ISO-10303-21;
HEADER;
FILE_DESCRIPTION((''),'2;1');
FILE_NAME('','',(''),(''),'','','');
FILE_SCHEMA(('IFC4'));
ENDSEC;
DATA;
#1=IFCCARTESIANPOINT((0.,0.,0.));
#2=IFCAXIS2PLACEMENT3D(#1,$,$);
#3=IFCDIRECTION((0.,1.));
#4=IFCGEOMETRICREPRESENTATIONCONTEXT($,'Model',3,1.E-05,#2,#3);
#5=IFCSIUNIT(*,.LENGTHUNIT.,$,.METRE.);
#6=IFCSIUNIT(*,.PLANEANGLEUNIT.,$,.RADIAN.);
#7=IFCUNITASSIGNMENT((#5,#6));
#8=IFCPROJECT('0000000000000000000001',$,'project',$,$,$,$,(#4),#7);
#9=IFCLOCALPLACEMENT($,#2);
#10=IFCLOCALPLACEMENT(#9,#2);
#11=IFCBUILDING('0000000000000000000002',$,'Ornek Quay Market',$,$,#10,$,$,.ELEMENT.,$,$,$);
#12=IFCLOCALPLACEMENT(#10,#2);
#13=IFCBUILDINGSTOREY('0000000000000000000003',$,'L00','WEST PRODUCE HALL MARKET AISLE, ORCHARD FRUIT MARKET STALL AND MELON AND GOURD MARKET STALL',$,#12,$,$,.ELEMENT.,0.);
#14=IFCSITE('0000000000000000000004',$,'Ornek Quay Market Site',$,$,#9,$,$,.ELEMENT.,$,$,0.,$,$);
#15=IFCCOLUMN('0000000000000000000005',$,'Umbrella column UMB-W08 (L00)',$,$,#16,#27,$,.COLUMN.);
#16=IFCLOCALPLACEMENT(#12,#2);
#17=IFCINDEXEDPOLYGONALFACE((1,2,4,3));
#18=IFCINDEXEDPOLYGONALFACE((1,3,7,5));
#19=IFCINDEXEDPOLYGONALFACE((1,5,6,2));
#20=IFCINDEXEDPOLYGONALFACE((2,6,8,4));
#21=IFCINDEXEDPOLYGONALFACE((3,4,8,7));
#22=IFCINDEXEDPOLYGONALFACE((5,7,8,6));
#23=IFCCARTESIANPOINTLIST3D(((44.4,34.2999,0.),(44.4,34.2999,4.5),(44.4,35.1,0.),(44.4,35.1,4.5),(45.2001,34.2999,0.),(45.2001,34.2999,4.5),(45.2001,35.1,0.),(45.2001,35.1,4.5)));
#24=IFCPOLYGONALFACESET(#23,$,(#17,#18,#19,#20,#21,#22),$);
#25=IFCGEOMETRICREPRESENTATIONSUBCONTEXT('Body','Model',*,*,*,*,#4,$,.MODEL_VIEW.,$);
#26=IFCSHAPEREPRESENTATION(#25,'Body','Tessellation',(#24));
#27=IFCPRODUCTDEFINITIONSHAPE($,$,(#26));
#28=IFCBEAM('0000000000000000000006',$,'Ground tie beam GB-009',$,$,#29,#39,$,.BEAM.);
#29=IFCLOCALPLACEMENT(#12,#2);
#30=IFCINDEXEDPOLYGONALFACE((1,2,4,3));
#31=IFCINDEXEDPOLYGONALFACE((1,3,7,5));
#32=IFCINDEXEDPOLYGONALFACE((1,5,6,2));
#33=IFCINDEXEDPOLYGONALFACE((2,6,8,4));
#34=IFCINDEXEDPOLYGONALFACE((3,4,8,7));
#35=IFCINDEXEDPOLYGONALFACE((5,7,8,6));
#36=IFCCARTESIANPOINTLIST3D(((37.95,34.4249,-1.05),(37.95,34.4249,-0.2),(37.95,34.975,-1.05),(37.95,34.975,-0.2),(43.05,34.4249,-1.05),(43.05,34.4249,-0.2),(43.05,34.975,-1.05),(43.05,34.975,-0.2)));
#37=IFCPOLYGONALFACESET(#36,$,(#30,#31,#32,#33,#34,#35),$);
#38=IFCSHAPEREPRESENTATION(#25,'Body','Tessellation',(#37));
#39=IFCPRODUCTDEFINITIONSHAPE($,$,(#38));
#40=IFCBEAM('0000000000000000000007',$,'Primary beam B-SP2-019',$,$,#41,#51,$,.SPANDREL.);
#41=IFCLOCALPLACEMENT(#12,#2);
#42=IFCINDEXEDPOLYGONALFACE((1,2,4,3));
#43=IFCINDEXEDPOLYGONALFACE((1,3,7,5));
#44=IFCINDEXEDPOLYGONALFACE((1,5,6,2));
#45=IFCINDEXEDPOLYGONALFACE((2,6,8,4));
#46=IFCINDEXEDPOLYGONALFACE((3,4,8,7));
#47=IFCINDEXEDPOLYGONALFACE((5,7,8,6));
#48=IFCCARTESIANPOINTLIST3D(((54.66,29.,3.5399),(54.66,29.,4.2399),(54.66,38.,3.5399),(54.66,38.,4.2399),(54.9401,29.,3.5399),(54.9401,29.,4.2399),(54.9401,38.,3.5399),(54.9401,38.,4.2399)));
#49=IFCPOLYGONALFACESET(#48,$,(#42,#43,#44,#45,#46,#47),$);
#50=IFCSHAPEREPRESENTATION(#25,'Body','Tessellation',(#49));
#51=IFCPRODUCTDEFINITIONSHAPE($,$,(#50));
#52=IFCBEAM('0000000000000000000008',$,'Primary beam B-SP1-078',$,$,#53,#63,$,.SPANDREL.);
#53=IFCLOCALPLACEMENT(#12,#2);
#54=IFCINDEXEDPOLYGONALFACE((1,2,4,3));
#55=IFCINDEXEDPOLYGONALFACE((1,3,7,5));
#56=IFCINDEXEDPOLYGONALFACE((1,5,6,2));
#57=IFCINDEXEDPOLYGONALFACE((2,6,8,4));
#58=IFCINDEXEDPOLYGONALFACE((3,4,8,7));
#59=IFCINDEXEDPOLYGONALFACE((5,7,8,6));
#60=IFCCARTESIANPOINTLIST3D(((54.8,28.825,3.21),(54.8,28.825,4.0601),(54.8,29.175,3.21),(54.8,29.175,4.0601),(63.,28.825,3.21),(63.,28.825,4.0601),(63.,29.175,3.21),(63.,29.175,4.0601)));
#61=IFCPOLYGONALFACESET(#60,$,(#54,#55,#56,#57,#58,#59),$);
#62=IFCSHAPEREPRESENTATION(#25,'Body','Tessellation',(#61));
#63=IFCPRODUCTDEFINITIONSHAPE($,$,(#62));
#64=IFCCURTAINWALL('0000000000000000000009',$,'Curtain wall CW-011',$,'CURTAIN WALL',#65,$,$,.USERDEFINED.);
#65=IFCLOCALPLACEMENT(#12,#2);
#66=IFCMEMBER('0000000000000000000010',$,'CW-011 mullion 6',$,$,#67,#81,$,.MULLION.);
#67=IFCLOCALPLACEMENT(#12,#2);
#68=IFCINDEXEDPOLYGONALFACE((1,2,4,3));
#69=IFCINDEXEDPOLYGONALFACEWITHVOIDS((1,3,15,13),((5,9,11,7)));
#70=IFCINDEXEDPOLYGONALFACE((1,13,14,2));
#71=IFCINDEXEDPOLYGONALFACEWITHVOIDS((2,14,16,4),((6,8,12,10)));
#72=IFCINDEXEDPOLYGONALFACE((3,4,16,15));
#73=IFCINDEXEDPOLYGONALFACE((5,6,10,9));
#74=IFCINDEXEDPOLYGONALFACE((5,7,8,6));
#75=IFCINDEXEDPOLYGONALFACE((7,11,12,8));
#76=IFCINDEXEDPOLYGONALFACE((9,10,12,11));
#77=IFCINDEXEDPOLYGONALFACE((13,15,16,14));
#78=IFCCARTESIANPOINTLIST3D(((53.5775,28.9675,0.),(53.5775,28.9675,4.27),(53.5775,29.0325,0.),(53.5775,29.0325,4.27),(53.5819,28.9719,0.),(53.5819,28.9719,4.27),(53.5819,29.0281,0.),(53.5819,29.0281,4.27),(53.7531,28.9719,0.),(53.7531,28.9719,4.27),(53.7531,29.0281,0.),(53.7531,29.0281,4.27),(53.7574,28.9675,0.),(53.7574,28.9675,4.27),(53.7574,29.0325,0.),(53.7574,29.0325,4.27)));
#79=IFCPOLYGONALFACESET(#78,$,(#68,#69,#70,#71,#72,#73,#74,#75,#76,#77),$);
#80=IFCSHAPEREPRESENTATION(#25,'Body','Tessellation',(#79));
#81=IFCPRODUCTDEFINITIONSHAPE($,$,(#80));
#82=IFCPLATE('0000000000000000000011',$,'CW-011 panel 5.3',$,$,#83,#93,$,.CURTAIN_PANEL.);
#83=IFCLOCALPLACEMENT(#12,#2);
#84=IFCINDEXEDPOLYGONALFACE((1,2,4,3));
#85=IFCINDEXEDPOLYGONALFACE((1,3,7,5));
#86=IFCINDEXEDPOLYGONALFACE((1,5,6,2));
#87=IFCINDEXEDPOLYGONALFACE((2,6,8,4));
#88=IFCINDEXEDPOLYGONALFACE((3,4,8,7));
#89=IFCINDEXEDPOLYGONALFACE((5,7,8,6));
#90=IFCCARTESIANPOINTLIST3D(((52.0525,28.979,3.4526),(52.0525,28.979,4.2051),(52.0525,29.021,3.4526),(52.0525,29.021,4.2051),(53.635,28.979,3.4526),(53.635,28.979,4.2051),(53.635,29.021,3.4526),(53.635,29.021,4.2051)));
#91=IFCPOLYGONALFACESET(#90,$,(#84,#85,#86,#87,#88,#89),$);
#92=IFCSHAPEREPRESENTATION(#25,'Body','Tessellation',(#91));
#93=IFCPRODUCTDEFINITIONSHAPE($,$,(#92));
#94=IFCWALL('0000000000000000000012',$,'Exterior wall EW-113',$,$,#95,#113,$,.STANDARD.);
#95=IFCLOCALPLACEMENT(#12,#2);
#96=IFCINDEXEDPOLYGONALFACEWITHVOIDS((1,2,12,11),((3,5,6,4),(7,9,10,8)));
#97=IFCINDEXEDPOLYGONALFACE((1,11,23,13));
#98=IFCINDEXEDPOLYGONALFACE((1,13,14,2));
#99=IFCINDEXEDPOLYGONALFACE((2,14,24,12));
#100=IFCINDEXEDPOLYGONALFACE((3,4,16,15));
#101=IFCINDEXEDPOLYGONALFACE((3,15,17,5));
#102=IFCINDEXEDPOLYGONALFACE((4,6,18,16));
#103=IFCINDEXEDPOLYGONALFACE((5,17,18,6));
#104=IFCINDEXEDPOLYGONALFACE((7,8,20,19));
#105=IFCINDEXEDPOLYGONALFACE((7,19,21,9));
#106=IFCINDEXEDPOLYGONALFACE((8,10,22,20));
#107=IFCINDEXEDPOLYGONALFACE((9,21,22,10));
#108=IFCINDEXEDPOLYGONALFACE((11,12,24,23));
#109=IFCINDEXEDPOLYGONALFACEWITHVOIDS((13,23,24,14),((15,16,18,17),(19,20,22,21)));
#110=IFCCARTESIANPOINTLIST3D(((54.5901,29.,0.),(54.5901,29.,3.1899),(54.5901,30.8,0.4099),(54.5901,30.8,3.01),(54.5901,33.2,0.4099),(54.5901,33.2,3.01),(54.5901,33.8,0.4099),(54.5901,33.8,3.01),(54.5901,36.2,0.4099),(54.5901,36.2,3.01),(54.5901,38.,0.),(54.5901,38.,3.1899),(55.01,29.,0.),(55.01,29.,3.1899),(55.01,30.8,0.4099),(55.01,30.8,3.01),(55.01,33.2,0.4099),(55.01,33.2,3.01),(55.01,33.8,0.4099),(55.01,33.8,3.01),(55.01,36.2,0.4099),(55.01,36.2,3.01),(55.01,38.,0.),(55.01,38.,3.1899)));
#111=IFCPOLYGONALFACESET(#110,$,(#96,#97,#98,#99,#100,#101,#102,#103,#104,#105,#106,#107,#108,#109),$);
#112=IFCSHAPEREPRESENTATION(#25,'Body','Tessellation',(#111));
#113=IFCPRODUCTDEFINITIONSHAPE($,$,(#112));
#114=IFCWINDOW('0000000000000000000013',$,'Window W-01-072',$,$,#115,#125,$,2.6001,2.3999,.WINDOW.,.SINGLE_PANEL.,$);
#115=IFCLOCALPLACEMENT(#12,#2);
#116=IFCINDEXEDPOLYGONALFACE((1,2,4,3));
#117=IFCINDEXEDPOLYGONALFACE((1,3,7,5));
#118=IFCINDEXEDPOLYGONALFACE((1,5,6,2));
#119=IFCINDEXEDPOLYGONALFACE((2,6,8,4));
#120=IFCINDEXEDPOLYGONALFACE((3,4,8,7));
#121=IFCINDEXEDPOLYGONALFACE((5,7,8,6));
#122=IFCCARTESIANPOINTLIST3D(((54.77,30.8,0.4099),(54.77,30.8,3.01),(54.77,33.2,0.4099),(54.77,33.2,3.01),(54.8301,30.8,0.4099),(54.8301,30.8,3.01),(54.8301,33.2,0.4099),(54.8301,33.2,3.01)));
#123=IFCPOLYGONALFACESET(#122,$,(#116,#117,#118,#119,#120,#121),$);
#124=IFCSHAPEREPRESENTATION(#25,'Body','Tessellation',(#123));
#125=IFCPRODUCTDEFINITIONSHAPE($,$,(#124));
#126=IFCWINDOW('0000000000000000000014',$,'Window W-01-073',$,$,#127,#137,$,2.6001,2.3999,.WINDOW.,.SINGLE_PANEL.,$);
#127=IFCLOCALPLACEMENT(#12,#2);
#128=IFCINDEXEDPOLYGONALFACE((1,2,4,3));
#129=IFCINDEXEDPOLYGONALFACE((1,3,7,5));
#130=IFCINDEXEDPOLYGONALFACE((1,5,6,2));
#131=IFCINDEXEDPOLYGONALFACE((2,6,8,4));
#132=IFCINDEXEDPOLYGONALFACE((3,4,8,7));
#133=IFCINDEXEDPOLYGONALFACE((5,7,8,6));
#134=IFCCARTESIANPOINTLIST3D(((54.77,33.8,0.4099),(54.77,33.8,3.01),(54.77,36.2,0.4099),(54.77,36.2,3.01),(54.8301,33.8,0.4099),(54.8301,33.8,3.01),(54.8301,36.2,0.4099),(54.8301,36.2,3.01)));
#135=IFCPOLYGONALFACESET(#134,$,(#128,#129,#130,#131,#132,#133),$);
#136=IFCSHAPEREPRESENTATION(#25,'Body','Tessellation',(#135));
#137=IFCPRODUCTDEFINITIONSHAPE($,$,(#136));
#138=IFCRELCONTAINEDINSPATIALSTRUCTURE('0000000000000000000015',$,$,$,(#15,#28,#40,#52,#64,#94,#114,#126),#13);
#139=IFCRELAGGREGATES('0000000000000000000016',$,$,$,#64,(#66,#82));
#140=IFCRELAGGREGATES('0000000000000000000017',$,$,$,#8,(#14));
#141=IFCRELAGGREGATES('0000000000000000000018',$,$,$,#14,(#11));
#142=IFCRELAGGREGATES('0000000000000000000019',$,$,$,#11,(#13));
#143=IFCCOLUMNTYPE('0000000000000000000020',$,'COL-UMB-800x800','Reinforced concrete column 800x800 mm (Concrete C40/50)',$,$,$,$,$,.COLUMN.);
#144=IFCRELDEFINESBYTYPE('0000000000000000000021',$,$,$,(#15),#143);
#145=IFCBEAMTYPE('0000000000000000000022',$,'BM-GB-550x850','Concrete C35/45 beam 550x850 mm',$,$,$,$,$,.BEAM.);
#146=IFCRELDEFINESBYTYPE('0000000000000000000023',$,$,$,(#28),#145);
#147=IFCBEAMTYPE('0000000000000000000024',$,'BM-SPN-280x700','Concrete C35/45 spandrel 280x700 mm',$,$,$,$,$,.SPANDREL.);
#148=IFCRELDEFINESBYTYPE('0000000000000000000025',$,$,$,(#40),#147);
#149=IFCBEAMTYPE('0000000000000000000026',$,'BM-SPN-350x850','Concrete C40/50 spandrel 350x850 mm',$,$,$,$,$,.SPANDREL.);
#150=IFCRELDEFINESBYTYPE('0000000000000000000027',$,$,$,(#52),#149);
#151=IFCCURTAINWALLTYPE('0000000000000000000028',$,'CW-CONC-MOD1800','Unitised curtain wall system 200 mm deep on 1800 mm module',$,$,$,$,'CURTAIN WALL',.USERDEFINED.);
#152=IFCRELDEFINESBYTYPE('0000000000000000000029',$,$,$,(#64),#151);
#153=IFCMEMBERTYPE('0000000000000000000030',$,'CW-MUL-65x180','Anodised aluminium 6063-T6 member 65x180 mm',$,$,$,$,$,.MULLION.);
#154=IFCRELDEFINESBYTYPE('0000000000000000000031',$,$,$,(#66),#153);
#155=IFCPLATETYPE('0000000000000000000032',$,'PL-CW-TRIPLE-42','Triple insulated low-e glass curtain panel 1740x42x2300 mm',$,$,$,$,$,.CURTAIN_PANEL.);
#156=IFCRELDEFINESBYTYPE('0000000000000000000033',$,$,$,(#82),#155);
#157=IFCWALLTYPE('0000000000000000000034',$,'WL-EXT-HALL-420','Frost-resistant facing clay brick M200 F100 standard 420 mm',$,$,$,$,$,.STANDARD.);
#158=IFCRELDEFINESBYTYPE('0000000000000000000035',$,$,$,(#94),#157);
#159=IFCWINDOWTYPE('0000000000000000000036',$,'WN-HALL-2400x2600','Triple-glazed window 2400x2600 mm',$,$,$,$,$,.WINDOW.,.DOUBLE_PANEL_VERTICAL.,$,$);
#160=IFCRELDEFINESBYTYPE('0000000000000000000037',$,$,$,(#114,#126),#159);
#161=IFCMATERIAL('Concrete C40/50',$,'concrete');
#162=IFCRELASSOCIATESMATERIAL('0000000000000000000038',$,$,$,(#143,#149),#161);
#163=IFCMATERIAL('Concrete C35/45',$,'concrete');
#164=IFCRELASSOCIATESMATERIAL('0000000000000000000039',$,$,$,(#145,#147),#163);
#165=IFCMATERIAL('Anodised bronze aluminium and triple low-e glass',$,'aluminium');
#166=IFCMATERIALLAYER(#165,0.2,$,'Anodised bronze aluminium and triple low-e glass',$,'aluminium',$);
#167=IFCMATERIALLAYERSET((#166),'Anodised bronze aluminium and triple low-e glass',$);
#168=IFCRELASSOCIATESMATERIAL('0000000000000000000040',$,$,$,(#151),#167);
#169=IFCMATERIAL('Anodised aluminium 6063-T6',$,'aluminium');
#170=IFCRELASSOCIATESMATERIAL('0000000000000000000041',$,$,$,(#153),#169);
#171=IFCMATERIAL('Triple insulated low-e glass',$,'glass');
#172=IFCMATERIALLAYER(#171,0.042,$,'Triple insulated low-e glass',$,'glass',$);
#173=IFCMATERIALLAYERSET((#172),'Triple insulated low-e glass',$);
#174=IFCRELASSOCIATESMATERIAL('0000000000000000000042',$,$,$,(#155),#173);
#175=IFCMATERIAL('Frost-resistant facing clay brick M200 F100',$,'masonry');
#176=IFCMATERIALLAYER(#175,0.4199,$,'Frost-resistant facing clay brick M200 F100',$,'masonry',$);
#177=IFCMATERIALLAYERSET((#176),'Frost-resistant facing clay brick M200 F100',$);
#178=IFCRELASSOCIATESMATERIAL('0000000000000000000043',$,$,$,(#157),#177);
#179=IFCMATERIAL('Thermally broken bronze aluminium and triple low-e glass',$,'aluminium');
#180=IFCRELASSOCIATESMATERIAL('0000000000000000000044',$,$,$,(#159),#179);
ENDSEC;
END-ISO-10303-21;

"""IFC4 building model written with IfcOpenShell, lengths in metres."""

from ifc_helpers import new_model, si_unit, direction, frame, frame_2d, origin, origin_2d, place, context, subcontext, project, spatial, rectangle, hollow_rectangle, extrude, material, layer, layer_set, material_profile, profile_set, type_object, element, fill, aggregate, save


model = new_model("IFC4")

# Units and contexts
model_context = context("Model", 3, precision=1e-05, world=origin(), true_north=direction((0.0, 1.0)))
body_context = subcontext(model_context, "Body", "Model", "MODEL_VIEW")
ifc_project = project(units=[si_unit("LENGTHUNIT", "METRE"), si_unit("PLANEANGLEUNIT", "RADIAN")], contexts=[model_context])

# Site, building, storey
site_placement = place(None, origin())
site = spatial("IfcSite", under=ifc_project, at=site_placement, Name="Ornek Quay Market Site", CompositionType="ELEMENT", RefElevation=0.0)
building_placement = place(site_placement, origin())
building = spatial("IfcBuilding", under=site, at=building_placement, Name="Ornek Quay Market", CompositionType="ELEMENT")
storey_placement = place(building_placement, origin())
storey = spatial("IfcBuildingStorey", under=building, at=storey_placement, Name="L00", Description="WEST PRODUCE HALL MARKET AISLE, ORCHARD FRUIT MARKET STALL AND MELON AND GOURD MARKET STALL", CompositionType="ELEMENT", Elevation=0.0)

# Shared definitions
ifc_material_1 = material(Name="Concrete C35/45", Category="concrete")

# Column
ifc_material_2 = material(Name="Concrete C40/50", Category="concrete")
ifc_material_profile_1 = material_profile(ifc_material_2, rectangle(XDim=0.8, YDim=0.8, at=origin_2d()), Name="RC 800x800", Category="concrete")
ifc_profile_set_1 = profile_set([ifc_material_profile_1], Name="Concrete C40/50")
column_type_1 = type_object("IfcColumnType", Name="COL-UMB-800x800", Description="Reinforced concrete column 800x800 mm (Concrete C40/50)", PredefinedType="COLUMN", material=ifc_profile_set_1)
column_placement = place(storey_placement, frame((44.8, 34.7, 0.0), z_axis=(0.0, 0.0, 1.0), x_axis=(1.0, 0.0, 0.0)))
element("IfcColumn", 1, at=column_placement, inside=storey, type_object=column_type_1, Name="Umbrella column UMB-W08 (L00)", PredefinedType="COLUMN", context=body_context, shape_type="SweptSolid", body=[
    extrude(rectangle(XDim=0.8, YDim=0.8, at=origin_2d()), origin(), (0.0, 0.0, 1.0), 4.5),
])

# Beams
ifc_material_profile_2 = material_profile(ifc_material_1, rectangle(XDim=0.55, YDim=0.8501, at=origin_2d()), Name="RC 550x850", Category="concrete")
ifc_profile_set_2 = profile_set([ifc_material_profile_2], Name="Concrete C35/45")
beam_type_1 = type_object("IfcBeamType", Name="BM-GB-550x850", Description="Concrete C35/45 beam 550x850 mm", PredefinedType="BEAM", material=ifc_profile_set_2)
beam_1_placement = place(storey_placement, frame((37.95, 34.7, -0.625), z_axis=(1.0, 0.0, 0.0), x_axis=(0.0, 1.0, 0.0)))
element("IfcBeam", 2, at=beam_1_placement, inside=storey, type_object=beam_type_1, Name="Ground tie beam GB-009", PredefinedType="BEAM", context=body_context, shape_type="SweptSolid", body=[
    extrude(rectangle(XDim=0.55, YDim=0.8501, at=origin_2d()), origin(), (0.0, 0.0, 1.0), 5.1001),
])
ifc_material_profile_3 = material_profile(ifc_material_1, rectangle(XDim=0.28, YDim=0.7, at=origin_2d()), Name="RC 280x700", Category="concrete")
ifc_profile_set_3 = profile_set([ifc_material_profile_3], Name="Concrete C35/45")
beam_type_2 = type_object("IfcBeamType", Name="BM-SPN-280x700", Description="Concrete C35/45 spandrel 280x700 mm", PredefinedType="SPANDREL", material=ifc_profile_set_3)
beam_2_placement = place(storey_placement, frame((54.8, 29.0, 3.8899), z_axis=(0.0, 1.0, 0.0), x_axis=(-1.0, 0.0, 0.0)))
element("IfcBeam", 3, at=beam_2_placement, inside=storey, type_object=beam_type_2, Name="Primary beam B-SP2-019", PredefinedType="SPANDREL", context=body_context, shape_type="SweptSolid", body=[
    extrude(rectangle(XDim=0.28, YDim=0.7, at=origin_2d()), origin(), (0.0, 0.0, 1.0), 9.0),
])
ifc_material_profile_4 = material_profile(ifc_material_2, rectangle(XDim=0.3501, YDim=0.8501, at=origin_2d()), Name="RC 350x850", Category="concrete")
ifc_profile_set_4 = profile_set([ifc_material_profile_4], Name="Concrete C40/50")
beam_type_3 = type_object("IfcBeamType", Name="BM-SPN-350x850", Description="Concrete C40/50 spandrel 350x850 mm", PredefinedType="SPANDREL", material=ifc_profile_set_4)
beam_3_placement = place(storey_placement, frame((54.8, 29.0, 3.635), z_axis=(1.0, 0.0, 0.0), x_axis=(0.0, 1.0, 0.0)))
element("IfcBeam", 4, at=beam_3_placement, inside=storey, type_object=beam_type_3, Name="Primary beam B-SP1-078", PredefinedType="SPANDREL", context=body_context, shape_type="SweptSolid", body=[
    extrude(rectangle(XDim=0.3501, YDim=0.8501, at=origin_2d()), origin(), (0.0, 0.0, 1.0), 8.2),
])

# Curtain wall, member, plate
ifc_material_3 = material(Name="Anodised bronze aluminium and triple low-e glass", Category="aluminium")
ifc_layer_1 = layer(ifc_material_3, 0.2, Name="Anodised bronze aluminium and triple low-e glass", Category="aluminium")
ifc_layer_set_1 = layer_set([ifc_layer_1], Name="Anodised bronze aluminium and triple low-e glass")
curtain_wall_type = type_object("IfcCurtainWallType", Name="CW-CONC-MOD1800", Description="Unitised curtain wall system 200 mm deep on 1800 mm module", ElementType="CURTAIN WALL", PredefinedType="USERDEFINED", material=ifc_layer_set_1)
curtain_wall_placement = place(storey_placement, origin())
curtain_wall = element("IfcCurtainWall", 5, at=curtain_wall_placement, inside=storey, type_object=curtain_wall_type, Name="Curtain wall CW-011", ObjectType="CURTAIN WALL", PredefinedType="USERDEFINED")
ifc_material_4 = material(Name="Anodised aluminium 6063-T6", Category="aluminium")
ifc_material_profile_5 = material_profile(ifc_material_4, hollow_rectangle(XDim=0.0649, YDim=0.1799, WallThickness=0.0044, at=origin_2d()), Name="CW-MUL-65x180", Category="aluminium")
ifc_profile_set_5 = profile_set([ifc_material_profile_5], Name="Anodised aluminium 6063-T6")
member_type = type_object("IfcMemberType", Name="CW-MUL-65x180", Description="Anodised aluminium 6063-T6 member 65x180 mm", PredefinedType="MULLION", material=ifc_profile_set_5)
member_placement = place(storey_placement, frame((53.6675, 29.0, 0.0), z_axis=(0.0, 0.0, 1.0), x_axis=(0.0, 1.0, 0.0)))
member = element("IfcMember", 6, at=member_placement, type_object=member_type, Name="CW-011 mullion 6", PredefinedType="MULLION", context=body_context, shape_type="SweptSolid", body=[
    extrude(hollow_rectangle(XDim=0.0649, YDim=0.1799, WallThickness=0.0044, at=origin_2d()), origin(), (0.0, 0.0, 1.0), 4.27),
])
ifc_material_5 = material(Name="Triple insulated low-e glass", Category="glass")
ifc_layer_2 = layer(ifc_material_5, 0.042, Name="Triple insulated low-e glass", Category="glass")
ifc_layer_set_2 = layer_set([ifc_layer_2], Name="Triple insulated low-e glass")
plate_type = type_object("IfcPlateType", Name="PL-CW-TRIPLE-42", Description="Triple insulated low-e glass curtain panel 1740x42x2300 mm", PredefinedType="CURTAIN_PANEL", material=ifc_layer_set_2)
plate_placement = place(storey_placement, frame((52.8438, 29.0, 3.4526), z_axis=(0.0, 0.0, 1.0), x_axis=(1.0, 0.0, 0.0)))
plate = element("IfcPlate", 7, at=plate_placement, type_object=plate_type, Name="CW-011 panel 5.3", PredefinedType="CURTAIN_PANEL", context=body_context, shape_type="SweptSolid", body=[
    extrude(rectangle(XDim=1.5825, YDim=0.042, at=origin_2d()), origin(), (0.0, 0.0, 1.0), 0.7524),
])
aggregate(curtain_wall, [member, plate])

# Wall, openings, windows
ifc_material_6 = material(Name="Frost-resistant facing clay brick M200 F100", Category="masonry")
ifc_layer_3 = layer(ifc_material_6, 0.4199, Name="Frost-resistant facing clay brick M200 F100", Category="masonry")
ifc_layer_set_3 = layer_set([ifc_layer_3], Name="Frost-resistant facing clay brick M200 F100")
wall_type = type_object("IfcWallType", Name="WL-EXT-HALL-420", Description="Frost-resistant facing clay brick M200 F100 standard 420 mm", PredefinedType="STANDARD", material=ifc_layer_set_3)
wall_placement = place(storey_placement, frame((54.8, 29.0, 0.0), z_axis=(0.0, 0.0, 1.0), x_axis=(0.0, 1.0, 0.0)))
wall = element("IfcWall", 8, at=wall_placement, inside=storey, type_object=wall_type, Name="Exterior wall EW-113", PredefinedType="STANDARD", context=body_context, shape_type="SweptSolid", body=[
    extrude(rectangle(XDim=9.0, YDim=0.4199, at=frame_2d((4.5, 0.0))), origin(), (0.0, 0.0, 1.0), 3.1899),
])
opening_1_placement = place(wall_placement, frame((1.8, 0.0, 0.4099)))
opening_1 = element("IfcOpeningElement", 9, at=opening_1_placement, cuts=wall, PredefinedType="OPENING", context=body_context, shape_type="SweptSolid", body=[
    extrude(rectangle(XDim=2.3999, YDim=2.6001, at=frame_2d((1.2, 1.3))), frame((0.0, 0.22, 0.0), z_axis=(0.0, -1.0, 0.0), x_axis=(1.0, 0.0, 0.0)), (0.0, 0.0, 1.0), 0.4399),
])
opening_2_placement = place(wall_placement, frame((4.8, 0.0, 0.4099)))
opening_2 = element("IfcOpeningElement", 10, at=opening_2_placement, cuts=wall, PredefinedType="OPENING", context=body_context, shape_type="SweptSolid", body=[
    extrude(rectangle(XDim=2.3999, YDim=2.6001, at=frame_2d((1.2, 1.3))), frame((0.0, 0.22, 0.0), z_axis=(0.0, -1.0, 0.0), x_axis=(1.0, 0.0, 0.0)), (0.0, 0.0, 1.0), 0.4399),
])
ifc_material_7 = material(Name="Thermally broken bronze aluminium and triple low-e glass", Category="aluminium")
window_type = type_object("IfcWindowType", Name="WN-HALL-2400x2600", Description="Triple-glazed window 2400x2600 mm", PartitioningType="DOUBLE_PANEL_VERTICAL", PredefinedType="WINDOW", material=ifc_material_7)
window_1_placement = place(opening_1_placement, origin())
window_1 = element("IfcWindow", 11, at=window_1_placement, inside=storey, type_object=window_type, Name="Window W-01-072", OverallHeight=2.6001, OverallWidth=2.3999, PartitioningType="SINGLE_PANEL", PredefinedType="WINDOW", context=body_context, shape_type="SweptSolid", body=[
    extrude(rectangle(XDim=2.3999, YDim=2.6001, at=frame_2d((1.2, 1.3))), frame((0.0, 0.03, 0.0), z_axis=(0.0, -1.0, 0.0), x_axis=(1.0, 0.0, 0.0)), (0.0, 0.0, 1.0), 0.0601),
])
fill(opening_1, window_1)
window_2_placement = place(opening_2_placement, origin())
window_2 = element("IfcWindow", 12, at=window_2_placement, inside=storey, type_object=window_type, Name="Window W-01-073", OverallHeight=2.6001, OverallWidth=2.3999, PartitioningType="SINGLE_PANEL", PredefinedType="WINDOW", context=body_context, shape_type="SweptSolid", body=[
    extrude(rectangle(XDim=2.3999, YDim=2.6001, at=frame_2d((1.2, 1.3))), frame((0.0, 0.03, 0.0), z_axis=(0.0, -1.0, 0.0), x_axis=(1.0, 0.0, 0.0)), (0.0, 0.0, 1.0), 0.0601),
])
fill(opening_2, window_2)

save(model, "model.ifc")
